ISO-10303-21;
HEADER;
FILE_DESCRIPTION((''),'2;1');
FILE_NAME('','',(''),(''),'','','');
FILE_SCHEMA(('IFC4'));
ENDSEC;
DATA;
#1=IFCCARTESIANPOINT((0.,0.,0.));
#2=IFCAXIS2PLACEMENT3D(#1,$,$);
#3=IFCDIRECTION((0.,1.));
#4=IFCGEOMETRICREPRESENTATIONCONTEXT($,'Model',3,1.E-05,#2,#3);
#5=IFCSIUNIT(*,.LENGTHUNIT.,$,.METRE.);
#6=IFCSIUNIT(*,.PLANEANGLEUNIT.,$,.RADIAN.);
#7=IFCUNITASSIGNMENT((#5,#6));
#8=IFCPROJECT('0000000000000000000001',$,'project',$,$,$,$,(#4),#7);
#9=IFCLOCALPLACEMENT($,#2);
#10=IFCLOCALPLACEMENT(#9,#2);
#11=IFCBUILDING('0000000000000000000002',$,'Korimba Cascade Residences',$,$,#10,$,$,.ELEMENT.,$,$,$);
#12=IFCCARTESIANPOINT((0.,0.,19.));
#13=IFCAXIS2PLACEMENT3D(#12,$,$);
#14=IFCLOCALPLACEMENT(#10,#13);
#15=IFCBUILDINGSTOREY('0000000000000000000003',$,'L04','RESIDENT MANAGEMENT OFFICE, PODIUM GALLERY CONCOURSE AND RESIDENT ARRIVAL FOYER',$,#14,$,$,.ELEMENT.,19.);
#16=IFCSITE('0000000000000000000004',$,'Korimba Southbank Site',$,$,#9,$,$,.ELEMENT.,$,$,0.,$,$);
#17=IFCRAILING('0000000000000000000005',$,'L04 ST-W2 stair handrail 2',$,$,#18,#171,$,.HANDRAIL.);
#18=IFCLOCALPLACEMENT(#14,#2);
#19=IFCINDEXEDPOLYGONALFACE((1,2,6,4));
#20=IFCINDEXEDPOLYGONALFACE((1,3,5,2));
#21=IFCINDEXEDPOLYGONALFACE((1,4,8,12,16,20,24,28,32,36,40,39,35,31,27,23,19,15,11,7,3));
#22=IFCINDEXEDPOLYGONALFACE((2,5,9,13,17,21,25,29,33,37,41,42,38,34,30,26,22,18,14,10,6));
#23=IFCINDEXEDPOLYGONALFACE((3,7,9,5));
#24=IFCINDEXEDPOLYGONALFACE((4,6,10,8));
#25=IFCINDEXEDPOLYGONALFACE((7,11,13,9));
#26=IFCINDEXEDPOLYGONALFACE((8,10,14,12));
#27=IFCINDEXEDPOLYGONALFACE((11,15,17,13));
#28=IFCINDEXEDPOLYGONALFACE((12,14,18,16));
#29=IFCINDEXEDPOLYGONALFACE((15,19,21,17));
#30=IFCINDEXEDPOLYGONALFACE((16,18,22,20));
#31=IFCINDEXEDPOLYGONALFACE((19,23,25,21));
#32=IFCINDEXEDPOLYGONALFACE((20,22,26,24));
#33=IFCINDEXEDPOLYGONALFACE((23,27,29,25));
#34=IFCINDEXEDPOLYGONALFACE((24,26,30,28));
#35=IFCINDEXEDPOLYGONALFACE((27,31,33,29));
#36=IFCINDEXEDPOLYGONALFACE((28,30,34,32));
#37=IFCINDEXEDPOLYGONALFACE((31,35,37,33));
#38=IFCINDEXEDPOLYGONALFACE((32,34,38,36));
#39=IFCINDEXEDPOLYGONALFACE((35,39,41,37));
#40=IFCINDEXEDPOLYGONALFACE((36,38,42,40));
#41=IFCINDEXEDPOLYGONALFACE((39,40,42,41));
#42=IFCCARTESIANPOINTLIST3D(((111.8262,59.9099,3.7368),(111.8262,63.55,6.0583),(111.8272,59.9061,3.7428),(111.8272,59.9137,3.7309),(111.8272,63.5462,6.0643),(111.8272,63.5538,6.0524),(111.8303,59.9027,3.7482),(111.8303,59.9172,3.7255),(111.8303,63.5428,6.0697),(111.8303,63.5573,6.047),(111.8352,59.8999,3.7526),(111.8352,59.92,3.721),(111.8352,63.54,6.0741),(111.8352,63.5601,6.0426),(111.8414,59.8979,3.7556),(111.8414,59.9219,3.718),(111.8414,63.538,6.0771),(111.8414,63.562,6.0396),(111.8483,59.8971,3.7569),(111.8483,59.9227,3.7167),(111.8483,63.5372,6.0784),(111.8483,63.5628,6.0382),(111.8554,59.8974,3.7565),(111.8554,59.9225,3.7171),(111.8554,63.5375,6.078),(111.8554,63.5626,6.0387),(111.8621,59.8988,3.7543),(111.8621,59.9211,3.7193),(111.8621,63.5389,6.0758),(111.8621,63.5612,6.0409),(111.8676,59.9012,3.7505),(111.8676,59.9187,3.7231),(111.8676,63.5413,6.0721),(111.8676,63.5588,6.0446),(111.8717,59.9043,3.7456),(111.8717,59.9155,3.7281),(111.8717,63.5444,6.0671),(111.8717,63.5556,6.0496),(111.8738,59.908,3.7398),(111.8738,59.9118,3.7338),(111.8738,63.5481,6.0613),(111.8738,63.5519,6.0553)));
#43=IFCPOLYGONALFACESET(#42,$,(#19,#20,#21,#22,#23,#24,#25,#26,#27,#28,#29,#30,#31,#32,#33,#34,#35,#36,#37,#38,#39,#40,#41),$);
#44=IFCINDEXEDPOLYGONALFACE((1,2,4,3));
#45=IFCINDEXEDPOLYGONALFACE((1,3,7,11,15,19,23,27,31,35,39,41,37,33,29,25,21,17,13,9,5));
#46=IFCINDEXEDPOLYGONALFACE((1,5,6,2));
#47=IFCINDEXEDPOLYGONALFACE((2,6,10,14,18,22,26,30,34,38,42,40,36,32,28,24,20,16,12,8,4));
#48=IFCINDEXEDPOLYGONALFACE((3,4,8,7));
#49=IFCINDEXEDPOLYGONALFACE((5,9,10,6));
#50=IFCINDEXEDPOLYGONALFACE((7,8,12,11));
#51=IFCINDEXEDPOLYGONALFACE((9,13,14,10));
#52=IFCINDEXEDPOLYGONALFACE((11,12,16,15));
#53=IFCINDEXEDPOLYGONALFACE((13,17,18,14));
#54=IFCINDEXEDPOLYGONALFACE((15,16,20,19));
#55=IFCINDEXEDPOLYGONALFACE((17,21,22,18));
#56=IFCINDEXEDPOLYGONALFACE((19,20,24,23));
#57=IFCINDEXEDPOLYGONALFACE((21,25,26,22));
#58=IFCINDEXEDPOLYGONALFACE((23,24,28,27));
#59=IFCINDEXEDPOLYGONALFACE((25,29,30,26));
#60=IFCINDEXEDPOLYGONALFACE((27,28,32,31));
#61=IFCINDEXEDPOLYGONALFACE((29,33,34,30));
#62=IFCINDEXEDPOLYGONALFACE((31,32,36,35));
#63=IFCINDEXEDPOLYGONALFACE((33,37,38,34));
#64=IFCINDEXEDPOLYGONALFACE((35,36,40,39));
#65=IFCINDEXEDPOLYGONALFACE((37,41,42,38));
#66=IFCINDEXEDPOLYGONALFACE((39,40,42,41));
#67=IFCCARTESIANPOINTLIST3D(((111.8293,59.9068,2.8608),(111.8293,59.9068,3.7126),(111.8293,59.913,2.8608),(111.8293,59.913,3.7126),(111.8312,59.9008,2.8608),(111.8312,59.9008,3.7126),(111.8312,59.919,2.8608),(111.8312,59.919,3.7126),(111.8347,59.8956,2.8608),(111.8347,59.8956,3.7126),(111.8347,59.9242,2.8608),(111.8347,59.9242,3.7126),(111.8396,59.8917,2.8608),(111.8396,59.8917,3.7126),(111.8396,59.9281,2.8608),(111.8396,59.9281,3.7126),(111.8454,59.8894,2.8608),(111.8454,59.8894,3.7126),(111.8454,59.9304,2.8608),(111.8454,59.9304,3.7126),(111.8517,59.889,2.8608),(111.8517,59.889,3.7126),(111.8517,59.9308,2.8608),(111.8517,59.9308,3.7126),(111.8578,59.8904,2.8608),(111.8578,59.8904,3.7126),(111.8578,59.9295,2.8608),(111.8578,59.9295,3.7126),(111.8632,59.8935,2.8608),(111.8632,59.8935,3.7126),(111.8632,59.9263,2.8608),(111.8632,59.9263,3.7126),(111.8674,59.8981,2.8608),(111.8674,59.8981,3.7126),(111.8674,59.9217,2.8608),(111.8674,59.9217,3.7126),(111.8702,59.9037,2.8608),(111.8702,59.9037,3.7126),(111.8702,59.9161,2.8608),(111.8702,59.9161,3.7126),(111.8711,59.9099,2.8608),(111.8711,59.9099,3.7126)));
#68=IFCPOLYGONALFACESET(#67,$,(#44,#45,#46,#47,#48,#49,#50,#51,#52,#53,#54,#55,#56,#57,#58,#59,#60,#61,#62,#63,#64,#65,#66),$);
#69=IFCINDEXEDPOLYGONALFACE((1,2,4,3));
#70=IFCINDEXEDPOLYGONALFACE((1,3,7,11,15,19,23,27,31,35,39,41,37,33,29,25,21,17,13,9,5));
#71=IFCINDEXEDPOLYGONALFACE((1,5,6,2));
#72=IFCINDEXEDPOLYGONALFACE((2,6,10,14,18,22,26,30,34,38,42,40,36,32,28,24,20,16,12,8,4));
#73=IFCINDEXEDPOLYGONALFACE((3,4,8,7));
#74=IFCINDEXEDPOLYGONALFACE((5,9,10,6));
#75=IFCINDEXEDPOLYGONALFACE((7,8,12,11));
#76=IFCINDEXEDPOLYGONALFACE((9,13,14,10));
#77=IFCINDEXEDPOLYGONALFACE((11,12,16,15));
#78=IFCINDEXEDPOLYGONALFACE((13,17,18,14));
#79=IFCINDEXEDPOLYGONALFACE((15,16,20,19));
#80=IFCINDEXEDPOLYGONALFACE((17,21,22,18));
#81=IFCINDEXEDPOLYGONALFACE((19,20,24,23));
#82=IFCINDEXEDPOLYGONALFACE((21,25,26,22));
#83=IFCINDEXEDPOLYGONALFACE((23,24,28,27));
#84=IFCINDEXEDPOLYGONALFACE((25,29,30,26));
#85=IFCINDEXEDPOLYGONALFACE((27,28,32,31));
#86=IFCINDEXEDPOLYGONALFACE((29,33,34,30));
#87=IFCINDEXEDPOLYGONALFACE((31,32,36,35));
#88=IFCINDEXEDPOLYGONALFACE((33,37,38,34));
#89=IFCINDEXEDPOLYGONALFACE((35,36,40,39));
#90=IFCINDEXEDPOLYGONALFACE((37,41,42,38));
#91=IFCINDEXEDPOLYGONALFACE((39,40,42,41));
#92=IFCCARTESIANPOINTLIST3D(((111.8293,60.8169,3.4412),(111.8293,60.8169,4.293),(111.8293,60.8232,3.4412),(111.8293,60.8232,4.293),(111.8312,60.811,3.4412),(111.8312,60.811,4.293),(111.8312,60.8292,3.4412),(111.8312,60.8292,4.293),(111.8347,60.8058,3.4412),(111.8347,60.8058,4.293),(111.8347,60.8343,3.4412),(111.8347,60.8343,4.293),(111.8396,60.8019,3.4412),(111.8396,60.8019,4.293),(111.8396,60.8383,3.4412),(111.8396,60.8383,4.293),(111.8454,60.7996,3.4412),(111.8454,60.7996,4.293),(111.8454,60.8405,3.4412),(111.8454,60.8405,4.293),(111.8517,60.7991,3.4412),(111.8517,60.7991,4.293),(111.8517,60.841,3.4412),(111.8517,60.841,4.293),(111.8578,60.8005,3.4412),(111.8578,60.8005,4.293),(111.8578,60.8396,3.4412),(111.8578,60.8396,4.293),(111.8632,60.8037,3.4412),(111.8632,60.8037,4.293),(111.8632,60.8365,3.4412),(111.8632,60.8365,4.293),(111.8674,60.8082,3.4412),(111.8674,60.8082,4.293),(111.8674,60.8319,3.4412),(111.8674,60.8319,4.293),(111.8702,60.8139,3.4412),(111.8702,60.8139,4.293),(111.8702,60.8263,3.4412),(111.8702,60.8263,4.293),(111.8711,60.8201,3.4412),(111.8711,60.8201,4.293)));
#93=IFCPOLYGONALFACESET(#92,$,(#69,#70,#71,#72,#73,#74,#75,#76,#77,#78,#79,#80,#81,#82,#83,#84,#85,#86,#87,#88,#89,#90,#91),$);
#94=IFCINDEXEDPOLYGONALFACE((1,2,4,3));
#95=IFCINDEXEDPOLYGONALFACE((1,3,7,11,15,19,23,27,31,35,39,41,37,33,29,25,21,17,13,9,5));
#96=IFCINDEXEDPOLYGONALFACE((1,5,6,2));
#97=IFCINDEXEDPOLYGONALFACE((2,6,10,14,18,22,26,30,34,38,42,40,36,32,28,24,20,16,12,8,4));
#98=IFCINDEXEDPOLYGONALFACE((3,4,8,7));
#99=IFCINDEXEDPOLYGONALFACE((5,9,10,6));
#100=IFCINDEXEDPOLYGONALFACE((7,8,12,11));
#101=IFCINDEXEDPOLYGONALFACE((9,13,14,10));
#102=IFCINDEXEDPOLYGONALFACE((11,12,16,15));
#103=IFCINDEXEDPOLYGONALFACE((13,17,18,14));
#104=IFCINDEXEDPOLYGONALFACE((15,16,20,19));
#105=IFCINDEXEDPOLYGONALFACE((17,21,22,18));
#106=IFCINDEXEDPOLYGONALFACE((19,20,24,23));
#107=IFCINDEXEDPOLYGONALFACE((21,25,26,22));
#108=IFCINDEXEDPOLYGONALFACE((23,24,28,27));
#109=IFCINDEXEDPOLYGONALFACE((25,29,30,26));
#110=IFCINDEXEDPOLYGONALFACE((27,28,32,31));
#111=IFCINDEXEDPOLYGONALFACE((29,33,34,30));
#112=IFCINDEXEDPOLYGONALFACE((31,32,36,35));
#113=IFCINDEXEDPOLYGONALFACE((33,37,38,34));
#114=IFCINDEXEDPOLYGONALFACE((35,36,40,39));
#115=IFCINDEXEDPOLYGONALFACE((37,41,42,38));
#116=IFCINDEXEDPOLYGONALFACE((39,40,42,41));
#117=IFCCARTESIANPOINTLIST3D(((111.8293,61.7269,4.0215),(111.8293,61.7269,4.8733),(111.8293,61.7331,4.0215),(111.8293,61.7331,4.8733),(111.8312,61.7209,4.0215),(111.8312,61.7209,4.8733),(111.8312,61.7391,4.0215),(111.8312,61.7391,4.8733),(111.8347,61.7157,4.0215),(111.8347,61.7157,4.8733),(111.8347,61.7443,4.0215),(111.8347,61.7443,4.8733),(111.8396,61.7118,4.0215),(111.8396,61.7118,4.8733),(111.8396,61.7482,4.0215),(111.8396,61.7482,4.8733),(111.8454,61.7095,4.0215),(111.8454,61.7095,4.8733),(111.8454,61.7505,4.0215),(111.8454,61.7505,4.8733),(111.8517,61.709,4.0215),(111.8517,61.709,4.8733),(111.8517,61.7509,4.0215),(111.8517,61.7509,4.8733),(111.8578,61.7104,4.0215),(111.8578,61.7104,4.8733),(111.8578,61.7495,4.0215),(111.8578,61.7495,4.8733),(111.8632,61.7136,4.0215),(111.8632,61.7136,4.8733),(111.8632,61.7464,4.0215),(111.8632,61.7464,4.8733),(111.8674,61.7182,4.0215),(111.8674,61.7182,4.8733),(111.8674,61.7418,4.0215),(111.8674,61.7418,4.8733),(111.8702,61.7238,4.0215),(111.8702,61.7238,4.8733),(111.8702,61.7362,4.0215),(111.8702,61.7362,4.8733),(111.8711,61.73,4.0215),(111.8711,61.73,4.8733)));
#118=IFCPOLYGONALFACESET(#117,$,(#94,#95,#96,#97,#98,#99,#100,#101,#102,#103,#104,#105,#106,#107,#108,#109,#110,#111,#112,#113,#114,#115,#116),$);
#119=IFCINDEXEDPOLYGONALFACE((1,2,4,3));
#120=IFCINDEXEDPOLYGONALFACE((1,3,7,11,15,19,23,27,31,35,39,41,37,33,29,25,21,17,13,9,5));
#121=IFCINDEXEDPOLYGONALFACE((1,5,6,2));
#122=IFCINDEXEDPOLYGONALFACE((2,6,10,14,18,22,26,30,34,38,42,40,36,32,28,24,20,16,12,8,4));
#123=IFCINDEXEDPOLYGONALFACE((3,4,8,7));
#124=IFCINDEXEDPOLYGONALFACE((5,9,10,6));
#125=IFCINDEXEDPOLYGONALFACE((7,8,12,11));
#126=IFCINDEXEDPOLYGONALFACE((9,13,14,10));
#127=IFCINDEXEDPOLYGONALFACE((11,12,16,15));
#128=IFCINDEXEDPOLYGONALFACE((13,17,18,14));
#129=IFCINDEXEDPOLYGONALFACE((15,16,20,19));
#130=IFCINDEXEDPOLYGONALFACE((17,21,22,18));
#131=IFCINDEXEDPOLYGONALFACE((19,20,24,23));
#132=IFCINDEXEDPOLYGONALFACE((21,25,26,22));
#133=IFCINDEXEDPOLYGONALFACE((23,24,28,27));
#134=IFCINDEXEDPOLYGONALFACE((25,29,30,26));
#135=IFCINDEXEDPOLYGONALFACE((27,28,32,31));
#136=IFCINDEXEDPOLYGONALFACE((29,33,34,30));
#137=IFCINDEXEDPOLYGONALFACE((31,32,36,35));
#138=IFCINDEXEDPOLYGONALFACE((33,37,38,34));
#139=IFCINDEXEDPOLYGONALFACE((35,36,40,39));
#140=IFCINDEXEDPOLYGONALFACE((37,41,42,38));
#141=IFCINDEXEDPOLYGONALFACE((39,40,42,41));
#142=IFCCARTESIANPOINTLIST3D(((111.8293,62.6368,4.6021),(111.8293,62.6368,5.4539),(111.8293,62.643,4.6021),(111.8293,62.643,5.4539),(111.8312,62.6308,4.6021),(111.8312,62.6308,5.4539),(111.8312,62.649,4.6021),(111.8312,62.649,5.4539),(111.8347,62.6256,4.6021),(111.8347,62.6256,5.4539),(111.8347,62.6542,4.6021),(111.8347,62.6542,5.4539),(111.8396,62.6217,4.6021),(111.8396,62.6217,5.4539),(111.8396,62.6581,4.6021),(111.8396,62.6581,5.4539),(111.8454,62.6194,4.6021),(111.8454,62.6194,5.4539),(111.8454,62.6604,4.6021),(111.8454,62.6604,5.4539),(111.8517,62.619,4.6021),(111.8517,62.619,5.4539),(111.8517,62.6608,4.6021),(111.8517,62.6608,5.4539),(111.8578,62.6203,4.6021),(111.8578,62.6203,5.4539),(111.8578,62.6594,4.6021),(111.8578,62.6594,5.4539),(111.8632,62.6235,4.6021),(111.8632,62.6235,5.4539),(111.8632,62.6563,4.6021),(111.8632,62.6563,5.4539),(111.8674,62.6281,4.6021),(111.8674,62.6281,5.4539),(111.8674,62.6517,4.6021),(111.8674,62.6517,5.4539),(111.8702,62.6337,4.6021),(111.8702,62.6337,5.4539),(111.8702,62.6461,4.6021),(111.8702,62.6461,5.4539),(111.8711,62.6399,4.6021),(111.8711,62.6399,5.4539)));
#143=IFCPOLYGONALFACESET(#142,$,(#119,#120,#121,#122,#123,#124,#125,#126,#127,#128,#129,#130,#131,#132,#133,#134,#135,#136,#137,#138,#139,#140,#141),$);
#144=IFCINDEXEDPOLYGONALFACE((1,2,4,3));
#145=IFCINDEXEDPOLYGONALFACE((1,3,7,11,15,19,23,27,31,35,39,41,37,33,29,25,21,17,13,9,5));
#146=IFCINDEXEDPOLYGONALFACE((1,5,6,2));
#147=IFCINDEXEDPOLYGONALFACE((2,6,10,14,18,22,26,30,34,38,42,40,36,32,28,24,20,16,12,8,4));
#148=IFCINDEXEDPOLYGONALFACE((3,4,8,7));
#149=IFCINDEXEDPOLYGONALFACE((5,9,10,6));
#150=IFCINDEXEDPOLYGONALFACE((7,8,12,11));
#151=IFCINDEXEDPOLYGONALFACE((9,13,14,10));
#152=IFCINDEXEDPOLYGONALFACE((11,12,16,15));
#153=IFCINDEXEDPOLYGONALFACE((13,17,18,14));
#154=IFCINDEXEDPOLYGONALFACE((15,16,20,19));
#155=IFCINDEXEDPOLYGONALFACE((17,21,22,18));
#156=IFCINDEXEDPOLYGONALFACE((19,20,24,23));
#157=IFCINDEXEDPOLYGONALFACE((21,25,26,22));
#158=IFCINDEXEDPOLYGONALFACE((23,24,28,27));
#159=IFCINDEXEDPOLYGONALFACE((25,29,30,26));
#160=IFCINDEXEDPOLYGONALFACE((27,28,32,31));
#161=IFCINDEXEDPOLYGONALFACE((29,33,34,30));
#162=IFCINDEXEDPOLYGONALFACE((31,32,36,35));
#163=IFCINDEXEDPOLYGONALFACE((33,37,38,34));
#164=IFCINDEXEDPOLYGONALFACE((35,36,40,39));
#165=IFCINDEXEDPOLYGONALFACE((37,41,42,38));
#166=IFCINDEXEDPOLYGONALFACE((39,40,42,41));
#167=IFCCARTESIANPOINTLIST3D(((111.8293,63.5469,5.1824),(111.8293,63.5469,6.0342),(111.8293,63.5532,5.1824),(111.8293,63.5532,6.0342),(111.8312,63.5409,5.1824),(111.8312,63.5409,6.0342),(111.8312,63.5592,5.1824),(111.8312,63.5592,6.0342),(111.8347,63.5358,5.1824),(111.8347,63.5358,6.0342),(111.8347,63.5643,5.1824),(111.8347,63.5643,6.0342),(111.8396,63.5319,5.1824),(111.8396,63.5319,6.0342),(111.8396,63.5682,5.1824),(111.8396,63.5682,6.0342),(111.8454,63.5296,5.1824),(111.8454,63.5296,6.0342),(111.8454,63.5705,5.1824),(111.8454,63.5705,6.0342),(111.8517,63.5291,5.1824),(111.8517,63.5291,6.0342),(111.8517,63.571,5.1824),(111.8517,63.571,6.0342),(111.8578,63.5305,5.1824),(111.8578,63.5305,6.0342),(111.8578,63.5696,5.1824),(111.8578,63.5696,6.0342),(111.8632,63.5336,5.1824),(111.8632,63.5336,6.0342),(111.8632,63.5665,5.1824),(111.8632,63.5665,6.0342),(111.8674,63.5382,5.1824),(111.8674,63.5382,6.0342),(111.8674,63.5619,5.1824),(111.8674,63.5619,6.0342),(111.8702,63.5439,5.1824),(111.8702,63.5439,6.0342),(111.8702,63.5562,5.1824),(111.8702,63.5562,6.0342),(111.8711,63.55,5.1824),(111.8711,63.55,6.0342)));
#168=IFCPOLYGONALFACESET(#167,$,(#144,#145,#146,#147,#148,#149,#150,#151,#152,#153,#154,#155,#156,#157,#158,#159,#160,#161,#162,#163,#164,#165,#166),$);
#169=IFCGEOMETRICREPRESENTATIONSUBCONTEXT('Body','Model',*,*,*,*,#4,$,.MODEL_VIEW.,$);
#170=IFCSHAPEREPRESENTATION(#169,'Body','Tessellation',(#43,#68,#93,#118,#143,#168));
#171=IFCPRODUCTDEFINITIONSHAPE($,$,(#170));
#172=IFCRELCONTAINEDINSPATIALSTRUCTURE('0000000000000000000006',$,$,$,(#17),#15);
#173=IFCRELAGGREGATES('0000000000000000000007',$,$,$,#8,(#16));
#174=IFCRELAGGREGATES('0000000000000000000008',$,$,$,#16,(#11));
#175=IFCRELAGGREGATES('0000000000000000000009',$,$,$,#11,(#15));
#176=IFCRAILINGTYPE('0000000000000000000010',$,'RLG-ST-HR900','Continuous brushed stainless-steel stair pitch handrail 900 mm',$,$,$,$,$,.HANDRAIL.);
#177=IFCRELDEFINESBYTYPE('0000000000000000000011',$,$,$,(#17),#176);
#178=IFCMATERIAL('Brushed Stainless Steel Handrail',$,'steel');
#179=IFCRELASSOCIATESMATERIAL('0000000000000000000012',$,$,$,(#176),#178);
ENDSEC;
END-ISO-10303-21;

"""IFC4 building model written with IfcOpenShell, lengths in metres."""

from ifc_helpers import new_model, si_unit, direction, frame, origin, origin_2d, place, context, subcontext, project, spatial, circle, extrude, material, type_object, element, save


model = new_model("IFC4")

# Units and contexts
model_context = context("Model", 3, precision=1e-05, world=origin(), true_north=direction((0.0, 1.0)))
body_context = subcontext(model_context, "Body", "Model", "MODEL_VIEW")
ifc_project = project(units=[si_unit("LENGTHUNIT", "METRE"), si_unit("PLANEANGLEUNIT", "RADIAN")], contexts=[model_context])

# Site, building, storey
site_placement = place(None, origin())
site = spatial("IfcSite", under=ifc_project, at=site_placement, Name="Korimba Southbank Site", CompositionType="ELEMENT", RefElevation=0.0)
building_placement = place(site_placement, origin())
building = spatial("IfcBuilding", under=site, at=building_placement, Name="Korimba Cascade Residences", CompositionType="ELEMENT")
storey_placement = place(building_placement, frame((0.0, 0.0, 19.0)))
storey = spatial("IfcBuildingStorey", under=building, at=storey_placement, Name="L04", Description="RESIDENT MANAGEMENT OFFICE, PODIUM GALLERY CONCOURSE AND RESIDENT ARRIVAL FOYER", CompositionType="ELEMENT", Elevation=19.0)

# Railing
ifc_material_1 = material(Name="Brushed Stainless Steel Handrail", Category="steel")
railing_type_1 = type_object("IfcRailingType", Name="RLG-ST-HR900", Description="Continuous brushed stainless-steel stair pitch handrail 900 mm", PredefinedType="HANDRAIL", material=ifc_material_1)
railing_1_placement = place(storey_placement, frame((111.8501, 59.9099, 2.8608)))
element("IfcRailing", 1, at=railing_1_placement, inside=storey, type_object=railing_type_1, Name="L04 ST-W2 stair handrail 2", PredefinedType="HANDRAIL", context=body_context, shape_type="SweptSolid", body=[
    extrude(circle(Radius=0.0239, at=origin_2d()), frame((0.0, 0.0, 0.876), z_axis=(0.0, 0.843128, 0.537713), x_axis=(-1.0, 0.0, 0.0)), (0.0, 0.0, 1.0), 4.3174),
    extrude(circle(Radius=0.021, at=origin_2d()), origin(), (0.0, 0.0, 1.0), 0.8518),
    extrude(circle(Radius=0.021, at=origin_2d()), frame((0.0, 0.9102, 0.5803)), (0.0, 0.0, 1.0), 0.8518),
    extrude(circle(Radius=0.021, at=origin_2d()), frame((0.0, 1.8201, 1.1606)), (0.0, 0.0, 1.0), 0.8518),
    extrude(circle(Radius=0.021, at=origin_2d()), frame((0.0, 2.73, 1.7412)), (0.0, 0.0, 1.0), 0.8518),
    extrude(circle(Radius=0.021, at=origin_2d()), frame((0.0, 3.6401, 2.3215)), (0.0, 0.0, 1.0), 0.8518),
])

save(model, "model.ifc")
